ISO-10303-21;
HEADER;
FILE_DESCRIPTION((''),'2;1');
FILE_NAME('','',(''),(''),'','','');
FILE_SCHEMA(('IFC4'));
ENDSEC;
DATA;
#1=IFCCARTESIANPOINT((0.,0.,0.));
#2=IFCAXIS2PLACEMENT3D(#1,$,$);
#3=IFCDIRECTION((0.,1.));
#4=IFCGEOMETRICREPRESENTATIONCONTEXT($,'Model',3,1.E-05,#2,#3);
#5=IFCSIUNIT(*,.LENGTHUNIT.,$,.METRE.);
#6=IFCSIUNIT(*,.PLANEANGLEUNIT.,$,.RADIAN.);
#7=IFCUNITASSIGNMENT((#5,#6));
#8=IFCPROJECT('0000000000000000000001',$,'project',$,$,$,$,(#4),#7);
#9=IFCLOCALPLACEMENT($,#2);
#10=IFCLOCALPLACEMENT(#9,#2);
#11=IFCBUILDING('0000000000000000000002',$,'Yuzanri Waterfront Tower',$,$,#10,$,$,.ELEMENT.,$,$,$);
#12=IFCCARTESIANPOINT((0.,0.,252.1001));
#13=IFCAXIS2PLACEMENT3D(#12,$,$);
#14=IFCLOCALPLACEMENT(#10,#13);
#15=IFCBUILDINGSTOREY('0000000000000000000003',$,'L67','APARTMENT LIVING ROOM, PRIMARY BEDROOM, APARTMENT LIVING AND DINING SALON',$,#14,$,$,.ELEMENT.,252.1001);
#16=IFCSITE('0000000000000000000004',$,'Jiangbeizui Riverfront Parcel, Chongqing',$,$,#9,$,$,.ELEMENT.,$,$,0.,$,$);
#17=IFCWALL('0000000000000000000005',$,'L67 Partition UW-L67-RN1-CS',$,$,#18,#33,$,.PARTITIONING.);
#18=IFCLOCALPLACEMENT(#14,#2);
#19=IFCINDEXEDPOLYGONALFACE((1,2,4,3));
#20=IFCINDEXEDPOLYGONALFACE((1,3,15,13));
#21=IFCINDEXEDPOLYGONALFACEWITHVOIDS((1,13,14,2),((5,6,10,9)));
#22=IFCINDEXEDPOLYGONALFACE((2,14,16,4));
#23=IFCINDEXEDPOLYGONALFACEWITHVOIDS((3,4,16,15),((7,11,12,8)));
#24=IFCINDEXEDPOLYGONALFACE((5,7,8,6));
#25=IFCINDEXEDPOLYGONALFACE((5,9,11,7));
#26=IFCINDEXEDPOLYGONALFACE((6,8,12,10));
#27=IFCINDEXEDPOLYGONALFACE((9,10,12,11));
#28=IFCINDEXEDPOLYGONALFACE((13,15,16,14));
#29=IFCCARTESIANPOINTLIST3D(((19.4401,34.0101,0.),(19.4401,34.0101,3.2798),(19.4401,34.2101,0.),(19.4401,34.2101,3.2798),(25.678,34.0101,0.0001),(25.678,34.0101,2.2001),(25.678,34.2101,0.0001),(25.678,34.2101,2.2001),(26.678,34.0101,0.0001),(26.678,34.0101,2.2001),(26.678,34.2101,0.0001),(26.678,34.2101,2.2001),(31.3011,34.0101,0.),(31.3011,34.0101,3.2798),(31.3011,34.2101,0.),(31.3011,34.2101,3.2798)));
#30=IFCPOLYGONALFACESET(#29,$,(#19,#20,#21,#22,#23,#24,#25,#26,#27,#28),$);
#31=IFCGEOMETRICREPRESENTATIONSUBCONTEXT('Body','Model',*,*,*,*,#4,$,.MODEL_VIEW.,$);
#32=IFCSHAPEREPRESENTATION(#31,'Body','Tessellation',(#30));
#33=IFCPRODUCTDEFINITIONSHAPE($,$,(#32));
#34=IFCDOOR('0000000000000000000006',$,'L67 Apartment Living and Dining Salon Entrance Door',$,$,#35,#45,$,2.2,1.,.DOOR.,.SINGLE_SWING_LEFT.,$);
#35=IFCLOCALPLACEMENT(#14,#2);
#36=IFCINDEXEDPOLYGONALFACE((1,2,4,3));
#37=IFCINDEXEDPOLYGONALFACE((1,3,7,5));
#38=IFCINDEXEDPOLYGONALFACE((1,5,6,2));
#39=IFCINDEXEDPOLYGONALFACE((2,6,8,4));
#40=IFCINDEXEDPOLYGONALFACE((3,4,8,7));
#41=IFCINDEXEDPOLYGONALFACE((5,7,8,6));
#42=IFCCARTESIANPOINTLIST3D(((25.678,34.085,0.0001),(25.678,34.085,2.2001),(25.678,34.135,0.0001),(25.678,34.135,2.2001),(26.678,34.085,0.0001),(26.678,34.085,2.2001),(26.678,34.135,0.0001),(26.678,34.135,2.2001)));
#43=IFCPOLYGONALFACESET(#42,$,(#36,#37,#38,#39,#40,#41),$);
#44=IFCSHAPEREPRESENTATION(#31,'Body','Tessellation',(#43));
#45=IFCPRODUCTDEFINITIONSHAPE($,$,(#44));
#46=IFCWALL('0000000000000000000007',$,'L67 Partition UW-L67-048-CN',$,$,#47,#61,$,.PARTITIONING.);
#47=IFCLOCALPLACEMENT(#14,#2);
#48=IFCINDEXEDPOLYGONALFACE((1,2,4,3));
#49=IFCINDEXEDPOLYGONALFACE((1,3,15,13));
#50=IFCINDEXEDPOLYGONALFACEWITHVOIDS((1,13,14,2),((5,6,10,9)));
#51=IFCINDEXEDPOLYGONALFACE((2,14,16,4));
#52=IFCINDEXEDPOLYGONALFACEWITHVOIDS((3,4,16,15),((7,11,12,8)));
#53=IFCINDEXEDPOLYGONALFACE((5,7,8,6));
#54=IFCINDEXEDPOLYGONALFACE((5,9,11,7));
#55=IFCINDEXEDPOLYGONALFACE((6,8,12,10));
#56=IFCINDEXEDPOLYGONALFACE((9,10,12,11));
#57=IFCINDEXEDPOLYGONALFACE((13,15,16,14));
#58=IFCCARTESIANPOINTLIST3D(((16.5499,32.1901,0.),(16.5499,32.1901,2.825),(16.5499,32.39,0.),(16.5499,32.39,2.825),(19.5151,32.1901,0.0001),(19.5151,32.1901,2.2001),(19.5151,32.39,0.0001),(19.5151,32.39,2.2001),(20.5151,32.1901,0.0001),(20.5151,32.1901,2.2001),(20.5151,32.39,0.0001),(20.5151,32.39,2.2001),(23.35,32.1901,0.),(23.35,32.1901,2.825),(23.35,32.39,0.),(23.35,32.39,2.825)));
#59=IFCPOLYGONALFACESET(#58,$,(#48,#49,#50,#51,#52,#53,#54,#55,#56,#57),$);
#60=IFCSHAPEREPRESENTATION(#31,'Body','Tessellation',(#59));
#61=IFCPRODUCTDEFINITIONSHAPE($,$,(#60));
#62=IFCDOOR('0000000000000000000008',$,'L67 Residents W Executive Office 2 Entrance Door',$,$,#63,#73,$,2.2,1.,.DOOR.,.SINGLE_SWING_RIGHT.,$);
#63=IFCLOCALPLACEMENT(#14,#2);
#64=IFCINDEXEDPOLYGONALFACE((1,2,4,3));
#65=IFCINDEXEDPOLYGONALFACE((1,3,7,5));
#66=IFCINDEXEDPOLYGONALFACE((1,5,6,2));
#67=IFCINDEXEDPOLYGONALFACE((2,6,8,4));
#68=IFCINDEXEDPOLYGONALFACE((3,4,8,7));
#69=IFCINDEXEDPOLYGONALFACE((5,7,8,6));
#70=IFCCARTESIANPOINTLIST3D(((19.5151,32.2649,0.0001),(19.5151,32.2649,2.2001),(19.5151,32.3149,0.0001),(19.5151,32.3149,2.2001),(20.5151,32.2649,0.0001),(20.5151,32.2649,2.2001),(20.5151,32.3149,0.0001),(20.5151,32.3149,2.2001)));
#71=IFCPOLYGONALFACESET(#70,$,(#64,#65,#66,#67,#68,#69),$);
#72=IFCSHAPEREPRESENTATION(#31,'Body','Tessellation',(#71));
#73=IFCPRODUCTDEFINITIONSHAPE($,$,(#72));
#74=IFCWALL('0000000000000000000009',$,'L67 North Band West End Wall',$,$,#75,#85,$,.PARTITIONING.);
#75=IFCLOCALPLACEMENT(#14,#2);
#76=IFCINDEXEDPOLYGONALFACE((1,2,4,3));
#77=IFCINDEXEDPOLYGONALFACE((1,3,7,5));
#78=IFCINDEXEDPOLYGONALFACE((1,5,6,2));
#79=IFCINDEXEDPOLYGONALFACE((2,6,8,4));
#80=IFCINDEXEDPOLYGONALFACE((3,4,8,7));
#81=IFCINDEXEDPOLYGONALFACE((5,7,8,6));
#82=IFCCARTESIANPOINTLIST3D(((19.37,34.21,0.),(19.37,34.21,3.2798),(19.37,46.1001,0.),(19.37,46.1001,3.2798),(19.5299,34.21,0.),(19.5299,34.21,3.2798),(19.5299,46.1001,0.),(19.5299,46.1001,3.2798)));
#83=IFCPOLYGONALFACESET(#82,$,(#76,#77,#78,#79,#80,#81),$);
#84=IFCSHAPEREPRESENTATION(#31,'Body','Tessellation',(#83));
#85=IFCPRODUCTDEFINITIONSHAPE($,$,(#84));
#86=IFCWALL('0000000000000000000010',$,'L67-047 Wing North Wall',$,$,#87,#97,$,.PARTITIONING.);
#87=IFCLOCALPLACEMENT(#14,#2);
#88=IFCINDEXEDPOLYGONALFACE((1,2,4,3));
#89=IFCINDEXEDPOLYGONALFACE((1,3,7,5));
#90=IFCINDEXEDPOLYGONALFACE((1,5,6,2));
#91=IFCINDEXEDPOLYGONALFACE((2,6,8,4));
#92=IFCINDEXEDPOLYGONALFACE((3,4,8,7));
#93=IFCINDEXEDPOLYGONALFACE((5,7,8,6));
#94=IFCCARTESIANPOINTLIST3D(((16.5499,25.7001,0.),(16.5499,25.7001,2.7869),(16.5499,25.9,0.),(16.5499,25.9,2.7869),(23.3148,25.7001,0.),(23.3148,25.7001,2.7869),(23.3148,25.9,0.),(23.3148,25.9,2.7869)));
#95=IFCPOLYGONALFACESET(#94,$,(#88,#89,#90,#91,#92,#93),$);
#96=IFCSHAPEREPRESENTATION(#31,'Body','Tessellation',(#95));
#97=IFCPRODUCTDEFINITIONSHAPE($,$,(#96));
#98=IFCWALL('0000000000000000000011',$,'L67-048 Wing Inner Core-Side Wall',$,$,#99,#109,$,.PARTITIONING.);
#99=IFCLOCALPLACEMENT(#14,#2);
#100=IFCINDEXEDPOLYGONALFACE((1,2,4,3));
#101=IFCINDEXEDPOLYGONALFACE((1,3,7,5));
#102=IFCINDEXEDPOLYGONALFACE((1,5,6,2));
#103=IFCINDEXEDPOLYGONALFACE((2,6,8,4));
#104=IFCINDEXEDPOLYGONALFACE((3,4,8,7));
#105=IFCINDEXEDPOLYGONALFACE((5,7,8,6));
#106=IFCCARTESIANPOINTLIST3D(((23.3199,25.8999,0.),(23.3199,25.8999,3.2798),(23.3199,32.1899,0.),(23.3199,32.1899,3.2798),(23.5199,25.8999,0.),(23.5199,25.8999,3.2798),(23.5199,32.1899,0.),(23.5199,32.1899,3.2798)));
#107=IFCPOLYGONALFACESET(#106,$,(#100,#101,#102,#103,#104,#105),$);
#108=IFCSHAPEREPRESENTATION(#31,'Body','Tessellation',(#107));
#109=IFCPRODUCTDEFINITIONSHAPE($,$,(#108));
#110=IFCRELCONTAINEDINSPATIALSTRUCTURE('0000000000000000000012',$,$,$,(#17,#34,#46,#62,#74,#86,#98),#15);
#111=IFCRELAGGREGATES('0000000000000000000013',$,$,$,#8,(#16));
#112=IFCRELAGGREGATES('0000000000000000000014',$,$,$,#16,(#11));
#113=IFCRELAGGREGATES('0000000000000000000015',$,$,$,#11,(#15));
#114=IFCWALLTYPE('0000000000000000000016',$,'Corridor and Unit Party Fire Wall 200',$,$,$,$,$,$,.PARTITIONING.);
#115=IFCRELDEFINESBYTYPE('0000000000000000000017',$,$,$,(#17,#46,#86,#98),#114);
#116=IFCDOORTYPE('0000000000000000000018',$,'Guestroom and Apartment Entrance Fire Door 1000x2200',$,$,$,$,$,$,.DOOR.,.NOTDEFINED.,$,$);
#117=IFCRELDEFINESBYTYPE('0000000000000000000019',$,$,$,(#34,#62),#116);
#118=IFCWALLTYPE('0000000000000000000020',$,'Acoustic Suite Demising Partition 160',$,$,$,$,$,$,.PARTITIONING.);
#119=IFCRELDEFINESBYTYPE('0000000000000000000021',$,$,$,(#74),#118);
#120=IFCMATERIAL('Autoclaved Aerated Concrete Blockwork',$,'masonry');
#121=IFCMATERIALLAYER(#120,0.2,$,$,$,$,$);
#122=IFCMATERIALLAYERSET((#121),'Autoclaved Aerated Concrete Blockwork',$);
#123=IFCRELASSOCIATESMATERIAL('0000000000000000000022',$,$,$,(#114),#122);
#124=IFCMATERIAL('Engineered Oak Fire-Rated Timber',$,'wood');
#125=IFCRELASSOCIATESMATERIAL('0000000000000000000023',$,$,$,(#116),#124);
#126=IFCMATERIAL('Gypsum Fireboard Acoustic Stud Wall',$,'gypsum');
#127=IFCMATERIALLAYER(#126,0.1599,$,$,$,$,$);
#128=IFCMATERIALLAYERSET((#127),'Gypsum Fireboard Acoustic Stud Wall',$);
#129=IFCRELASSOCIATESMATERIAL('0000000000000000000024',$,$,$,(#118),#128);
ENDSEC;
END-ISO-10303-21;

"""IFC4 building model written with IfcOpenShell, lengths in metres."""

from ifc_helpers import new_model, si_unit, direction, frame, frame_2d, origin, place, context, subcontext, project, spatial, rectangle, extrude, source, transform, mapped, material, layer, layer_set, type_object, element, fill, save


model = new_model("IFC4")

# Units and contexts
model_context = context("Model", 3, precision=1e-05, world=origin(), true_north=direction((0.0, 1.0)))
body_context = subcontext(model_context, "Body", "Model", "MODEL_VIEW")
ifc_project = project(units=[si_unit("LENGTHUNIT", "METRE"), si_unit("PLANEANGLEUNIT", "RADIAN")], contexts=[model_context])

# Site, building, storey
site_placement = place(None, origin())
site = spatial("IfcSite", under=ifc_project, at=site_placement, Name="Jiangbeizui Riverfront Parcel, Chongqing", CompositionType="ELEMENT", RefElevation=0.0)
building_placement = place(site_placement, origin())
building = spatial("IfcBuilding", under=site, at=building_placement, Name="Yuzanri Waterfront Tower", CompositionType="ELEMENT")
storey_placement = place(building_placement, frame((0.0, 0.0, 252.1001)))
storey = spatial("IfcBuildingStorey", under=building, at=storey_placement, Name="L67", Description="APARTMENT LIVING ROOM, PRIMARY BEDROOM, APARTMENT LIVING AND DINING SALON", CompositionType="ELEMENT", Elevation=252.1001)

# Walls, openings, doors
ifc_material_1 = material(Name="Autoclaved Aerated Concrete Blockwork", Category="masonry")
ifc_layer_1 = layer(ifc_material_1, 0.2)
ifc_layer_set_1 = layer_set([ifc_layer_1], Name="Autoclaved Aerated Concrete Blockwork")
wall_type_1 = type_object("IfcWallType", Name="Corridor and Unit Party Fire Wall 200", PredefinedType="PARTITIONING", material=ifc_layer_set_1)
wall_1_placement = place(storey_placement, frame((19.4399, 34.1101, 0.0), z_axis=(0.0, 0.0, 1.0), x_axis=(1.0, 0.0, 0.0)))
wall_1 = element("IfcWall", 1, at=wall_1_placement, inside=storey, type_object=wall_type_1, Name="L67 Partition UW-L67-RN1-CS", PredefinedType="PARTITIONING", context=body_context, shape_type="SweptSolid", body=[
    extrude(rectangle(XDim=11.8611, YDim=0.2, at=frame_2d((5.9307, 0.0))), origin(), (0.0, 0.0, 1.0), 3.2798),
])
opening_1_placement = place(wall_1_placement, frame((6.238, 0.0, 0.0)))
opening_1 = element("IfcOpeningElement", 2, at=opening_1_placement, cuts=wall_1, PredefinedType="OPENING", context=body_context, shape_type="SweptSolid", body=[
    extrude(rectangle(XDim=1.0, YDim=2.2, at=frame_2d((0.5, 1.1001))), frame((0.0, 0.1147, 0.0), z_axis=(0.0, -1.0, 0.0), x_axis=(1.0, 0.0, 0.0)), (0.0, 0.0, 1.0), 0.2297),
])
ifc_material_2 = material(Name="Engineered Oak Fire-Rated Timber", Category="wood")
door_type_1 = type_object("IfcDoorType", Name="Guestroom and Apartment Entrance Fire Door 1000x2200", OperationType="NOTDEFINED", PredefinedType="DOOR", material=ifc_material_2)
shared_shape_1 = source(origin(), body_context, "Body", "SweptSolid", [
    extrude(rectangle(XDim=1.0, YDim=2.2, at=frame_2d((0.5, 1.1001))), frame((0.0, 0.0249, 0.0), z_axis=(0.0, -1.0, 0.0), x_axis=(1.0, 0.0, 0.0)), (0.0, 0.0, 1.0), 0.05),
])
door_1_placement = place(opening_1_placement, origin())
door_1 = element("IfcDoor", 3, at=door_1_placement, inside=storey, type_object=door_type_1, Name="L67 Apartment Living and Dining Salon Entrance Door", OperationType="SINGLE_SWING_LEFT", OverallHeight=2.2, OverallWidth=1.0, PredefinedType="DOOR", context=body_context, shape_type="MappedRepresentation", body=[
    mapped(shared_shape_1, transform((0.0, 0.0, 0.0), scale=1.0)),
])
fill(opening_1, door_1)
wall_2_placement = place(storey_placement, frame((16.55, 32.29, 0.0), z_axis=(0.0, 0.0, 1.0), x_axis=(1.0, 0.0, 0.0)))
wall_2 = element("IfcWall", 4, at=wall_2_placement, inside=storey, type_object=wall_type_1, Name="L67 Partition UW-L67-048-CN", PredefinedType="PARTITIONING", context=body_context, shape_type="SweptSolid", body=[
    extrude(rectangle(XDim=6.8, YDim=0.2, at=frame_2d((3.3999, 0.0))), origin(), (0.0, 0.0, 1.0), 2.825),
])
opening_2_placement = place(wall_2_placement, frame((2.9651, 0.0, 0.0)))
opening_2 = element("IfcOpeningElement", 5, at=opening_2_placement, cuts=wall_2, PredefinedType="OPENING", context=body_context, shape_type="SweptSolid", body=[
    extrude(rectangle(XDim=1.0, YDim=2.2, at=frame_2d((0.5, 1.1001))), frame((0.0, 0.1147, 0.0), z_axis=(0.0, -1.0, 0.0), x_axis=(1.0, 0.0, 0.0)), (0.0, 0.0, 1.0), 0.2297),
])
door_2_placement = place(opening_2_placement, origin())
door_2 = element("IfcDoor", 6, at=door_2_placement, inside=storey, type_object=door_type_1, Name="L67 Residents W Executive Office 2 Entrance Door", OperationType="SINGLE_SWING_RIGHT", OverallHeight=2.2, OverallWidth=1.0, PredefinedType="DOOR", context=body_context, shape_type="MappedRepresentation", body=[
    mapped(shared_shape_1, transform((0.0, 0.0, 0.0), scale=1.0)),
])
fill(opening_2, door_2)

# Walls
ifc_material_3 = material(Name="Gypsum Fireboard Acoustic Stud Wall", Category="gypsum")
ifc_layer_2 = layer(ifc_material_3, 0.1599)
ifc_layer_set_2 = layer_set([ifc_layer_2], Name="Gypsum Fireboard Acoustic Stud Wall")
wall_type_2 = type_object("IfcWallType", Name="Acoustic Suite Demising Partition 160", PredefinedType="PARTITIONING", material=ifc_layer_set_2)
shared_shape_2 = source(origin(), body_context, "Body", "SweptSolid", [
    extrude(rectangle(XDim=11.8901, YDim=0.1599, at=frame_2d((5.9451, 0.0))), origin(), (0.0, 0.0, 1.0), 3.2798),
])
wall_3_placement = place(storey_placement, frame((19.45, 34.21, 0.0), z_axis=(0.0, 0.0, 1.0), x_axis=(0.0, 1.0, 0.0)))
element("IfcWall", 7, at=wall_3_placement, inside=storey, type_object=wall_type_2, Name="L67 North Band West End Wall", PredefinedType="PARTITIONING", context=body_context, shape_type="MappedRepresentation", body=[
    mapped(shared_shape_2, transform((0.0, 0.0, 0.0), scale=1.0)),
])
shared_shape_3 = source(origin(), body_context, "Body", "SweptSolid", [
    extrude(rectangle(XDim=6.7649, YDim=0.2, at=frame_2d((3.3823, 0.0))), origin(), (0.0, 0.0, 1.0), 2.7869),
])
wall_4_placement = place(storey_placement, frame((16.55, 25.8, 0.0), z_axis=(0.0, 0.0, 1.0), x_axis=(1.0, 0.0, 0.0)))
element("IfcWall", 8, at=wall_4_placement, inside=storey, type_object=wall_type_1, Name="L67-047 Wing North Wall", PredefinedType="PARTITIONING", context=body_context, shape_type="MappedRepresentation", body=[
    mapped(shared_shape_3, transform((0.0, 0.0, 0.0), scale=1.0)),
])
shared_shape_4 = source(origin(), body_context, "Body", "SweptSolid", [
    extrude(rectangle(XDim=6.29, YDim=0.2, at=frame_2d((3.145, 0.0))), origin(), (0.0, 0.0, 1.0), 3.2798),
])
wall_5_placement = place(storey_placement, frame((23.4199, 25.8999, 0.0), z_axis=(0.0, 0.0, 1.0), x_axis=(0.0, 1.0, 0.0)))
element("IfcWall", 9, at=wall_5_placement, inside=storey, type_object=wall_type_1, Name="L67-048 Wing Inner Core-Side Wall", PredefinedType="PARTITIONING", context=body_context, shape_type="MappedRepresentation", body=[
    mapped(shared_shape_4, transform((0.0, 0.0, 0.0), scale=1.0)),
])

save(model, "model.ifc")
